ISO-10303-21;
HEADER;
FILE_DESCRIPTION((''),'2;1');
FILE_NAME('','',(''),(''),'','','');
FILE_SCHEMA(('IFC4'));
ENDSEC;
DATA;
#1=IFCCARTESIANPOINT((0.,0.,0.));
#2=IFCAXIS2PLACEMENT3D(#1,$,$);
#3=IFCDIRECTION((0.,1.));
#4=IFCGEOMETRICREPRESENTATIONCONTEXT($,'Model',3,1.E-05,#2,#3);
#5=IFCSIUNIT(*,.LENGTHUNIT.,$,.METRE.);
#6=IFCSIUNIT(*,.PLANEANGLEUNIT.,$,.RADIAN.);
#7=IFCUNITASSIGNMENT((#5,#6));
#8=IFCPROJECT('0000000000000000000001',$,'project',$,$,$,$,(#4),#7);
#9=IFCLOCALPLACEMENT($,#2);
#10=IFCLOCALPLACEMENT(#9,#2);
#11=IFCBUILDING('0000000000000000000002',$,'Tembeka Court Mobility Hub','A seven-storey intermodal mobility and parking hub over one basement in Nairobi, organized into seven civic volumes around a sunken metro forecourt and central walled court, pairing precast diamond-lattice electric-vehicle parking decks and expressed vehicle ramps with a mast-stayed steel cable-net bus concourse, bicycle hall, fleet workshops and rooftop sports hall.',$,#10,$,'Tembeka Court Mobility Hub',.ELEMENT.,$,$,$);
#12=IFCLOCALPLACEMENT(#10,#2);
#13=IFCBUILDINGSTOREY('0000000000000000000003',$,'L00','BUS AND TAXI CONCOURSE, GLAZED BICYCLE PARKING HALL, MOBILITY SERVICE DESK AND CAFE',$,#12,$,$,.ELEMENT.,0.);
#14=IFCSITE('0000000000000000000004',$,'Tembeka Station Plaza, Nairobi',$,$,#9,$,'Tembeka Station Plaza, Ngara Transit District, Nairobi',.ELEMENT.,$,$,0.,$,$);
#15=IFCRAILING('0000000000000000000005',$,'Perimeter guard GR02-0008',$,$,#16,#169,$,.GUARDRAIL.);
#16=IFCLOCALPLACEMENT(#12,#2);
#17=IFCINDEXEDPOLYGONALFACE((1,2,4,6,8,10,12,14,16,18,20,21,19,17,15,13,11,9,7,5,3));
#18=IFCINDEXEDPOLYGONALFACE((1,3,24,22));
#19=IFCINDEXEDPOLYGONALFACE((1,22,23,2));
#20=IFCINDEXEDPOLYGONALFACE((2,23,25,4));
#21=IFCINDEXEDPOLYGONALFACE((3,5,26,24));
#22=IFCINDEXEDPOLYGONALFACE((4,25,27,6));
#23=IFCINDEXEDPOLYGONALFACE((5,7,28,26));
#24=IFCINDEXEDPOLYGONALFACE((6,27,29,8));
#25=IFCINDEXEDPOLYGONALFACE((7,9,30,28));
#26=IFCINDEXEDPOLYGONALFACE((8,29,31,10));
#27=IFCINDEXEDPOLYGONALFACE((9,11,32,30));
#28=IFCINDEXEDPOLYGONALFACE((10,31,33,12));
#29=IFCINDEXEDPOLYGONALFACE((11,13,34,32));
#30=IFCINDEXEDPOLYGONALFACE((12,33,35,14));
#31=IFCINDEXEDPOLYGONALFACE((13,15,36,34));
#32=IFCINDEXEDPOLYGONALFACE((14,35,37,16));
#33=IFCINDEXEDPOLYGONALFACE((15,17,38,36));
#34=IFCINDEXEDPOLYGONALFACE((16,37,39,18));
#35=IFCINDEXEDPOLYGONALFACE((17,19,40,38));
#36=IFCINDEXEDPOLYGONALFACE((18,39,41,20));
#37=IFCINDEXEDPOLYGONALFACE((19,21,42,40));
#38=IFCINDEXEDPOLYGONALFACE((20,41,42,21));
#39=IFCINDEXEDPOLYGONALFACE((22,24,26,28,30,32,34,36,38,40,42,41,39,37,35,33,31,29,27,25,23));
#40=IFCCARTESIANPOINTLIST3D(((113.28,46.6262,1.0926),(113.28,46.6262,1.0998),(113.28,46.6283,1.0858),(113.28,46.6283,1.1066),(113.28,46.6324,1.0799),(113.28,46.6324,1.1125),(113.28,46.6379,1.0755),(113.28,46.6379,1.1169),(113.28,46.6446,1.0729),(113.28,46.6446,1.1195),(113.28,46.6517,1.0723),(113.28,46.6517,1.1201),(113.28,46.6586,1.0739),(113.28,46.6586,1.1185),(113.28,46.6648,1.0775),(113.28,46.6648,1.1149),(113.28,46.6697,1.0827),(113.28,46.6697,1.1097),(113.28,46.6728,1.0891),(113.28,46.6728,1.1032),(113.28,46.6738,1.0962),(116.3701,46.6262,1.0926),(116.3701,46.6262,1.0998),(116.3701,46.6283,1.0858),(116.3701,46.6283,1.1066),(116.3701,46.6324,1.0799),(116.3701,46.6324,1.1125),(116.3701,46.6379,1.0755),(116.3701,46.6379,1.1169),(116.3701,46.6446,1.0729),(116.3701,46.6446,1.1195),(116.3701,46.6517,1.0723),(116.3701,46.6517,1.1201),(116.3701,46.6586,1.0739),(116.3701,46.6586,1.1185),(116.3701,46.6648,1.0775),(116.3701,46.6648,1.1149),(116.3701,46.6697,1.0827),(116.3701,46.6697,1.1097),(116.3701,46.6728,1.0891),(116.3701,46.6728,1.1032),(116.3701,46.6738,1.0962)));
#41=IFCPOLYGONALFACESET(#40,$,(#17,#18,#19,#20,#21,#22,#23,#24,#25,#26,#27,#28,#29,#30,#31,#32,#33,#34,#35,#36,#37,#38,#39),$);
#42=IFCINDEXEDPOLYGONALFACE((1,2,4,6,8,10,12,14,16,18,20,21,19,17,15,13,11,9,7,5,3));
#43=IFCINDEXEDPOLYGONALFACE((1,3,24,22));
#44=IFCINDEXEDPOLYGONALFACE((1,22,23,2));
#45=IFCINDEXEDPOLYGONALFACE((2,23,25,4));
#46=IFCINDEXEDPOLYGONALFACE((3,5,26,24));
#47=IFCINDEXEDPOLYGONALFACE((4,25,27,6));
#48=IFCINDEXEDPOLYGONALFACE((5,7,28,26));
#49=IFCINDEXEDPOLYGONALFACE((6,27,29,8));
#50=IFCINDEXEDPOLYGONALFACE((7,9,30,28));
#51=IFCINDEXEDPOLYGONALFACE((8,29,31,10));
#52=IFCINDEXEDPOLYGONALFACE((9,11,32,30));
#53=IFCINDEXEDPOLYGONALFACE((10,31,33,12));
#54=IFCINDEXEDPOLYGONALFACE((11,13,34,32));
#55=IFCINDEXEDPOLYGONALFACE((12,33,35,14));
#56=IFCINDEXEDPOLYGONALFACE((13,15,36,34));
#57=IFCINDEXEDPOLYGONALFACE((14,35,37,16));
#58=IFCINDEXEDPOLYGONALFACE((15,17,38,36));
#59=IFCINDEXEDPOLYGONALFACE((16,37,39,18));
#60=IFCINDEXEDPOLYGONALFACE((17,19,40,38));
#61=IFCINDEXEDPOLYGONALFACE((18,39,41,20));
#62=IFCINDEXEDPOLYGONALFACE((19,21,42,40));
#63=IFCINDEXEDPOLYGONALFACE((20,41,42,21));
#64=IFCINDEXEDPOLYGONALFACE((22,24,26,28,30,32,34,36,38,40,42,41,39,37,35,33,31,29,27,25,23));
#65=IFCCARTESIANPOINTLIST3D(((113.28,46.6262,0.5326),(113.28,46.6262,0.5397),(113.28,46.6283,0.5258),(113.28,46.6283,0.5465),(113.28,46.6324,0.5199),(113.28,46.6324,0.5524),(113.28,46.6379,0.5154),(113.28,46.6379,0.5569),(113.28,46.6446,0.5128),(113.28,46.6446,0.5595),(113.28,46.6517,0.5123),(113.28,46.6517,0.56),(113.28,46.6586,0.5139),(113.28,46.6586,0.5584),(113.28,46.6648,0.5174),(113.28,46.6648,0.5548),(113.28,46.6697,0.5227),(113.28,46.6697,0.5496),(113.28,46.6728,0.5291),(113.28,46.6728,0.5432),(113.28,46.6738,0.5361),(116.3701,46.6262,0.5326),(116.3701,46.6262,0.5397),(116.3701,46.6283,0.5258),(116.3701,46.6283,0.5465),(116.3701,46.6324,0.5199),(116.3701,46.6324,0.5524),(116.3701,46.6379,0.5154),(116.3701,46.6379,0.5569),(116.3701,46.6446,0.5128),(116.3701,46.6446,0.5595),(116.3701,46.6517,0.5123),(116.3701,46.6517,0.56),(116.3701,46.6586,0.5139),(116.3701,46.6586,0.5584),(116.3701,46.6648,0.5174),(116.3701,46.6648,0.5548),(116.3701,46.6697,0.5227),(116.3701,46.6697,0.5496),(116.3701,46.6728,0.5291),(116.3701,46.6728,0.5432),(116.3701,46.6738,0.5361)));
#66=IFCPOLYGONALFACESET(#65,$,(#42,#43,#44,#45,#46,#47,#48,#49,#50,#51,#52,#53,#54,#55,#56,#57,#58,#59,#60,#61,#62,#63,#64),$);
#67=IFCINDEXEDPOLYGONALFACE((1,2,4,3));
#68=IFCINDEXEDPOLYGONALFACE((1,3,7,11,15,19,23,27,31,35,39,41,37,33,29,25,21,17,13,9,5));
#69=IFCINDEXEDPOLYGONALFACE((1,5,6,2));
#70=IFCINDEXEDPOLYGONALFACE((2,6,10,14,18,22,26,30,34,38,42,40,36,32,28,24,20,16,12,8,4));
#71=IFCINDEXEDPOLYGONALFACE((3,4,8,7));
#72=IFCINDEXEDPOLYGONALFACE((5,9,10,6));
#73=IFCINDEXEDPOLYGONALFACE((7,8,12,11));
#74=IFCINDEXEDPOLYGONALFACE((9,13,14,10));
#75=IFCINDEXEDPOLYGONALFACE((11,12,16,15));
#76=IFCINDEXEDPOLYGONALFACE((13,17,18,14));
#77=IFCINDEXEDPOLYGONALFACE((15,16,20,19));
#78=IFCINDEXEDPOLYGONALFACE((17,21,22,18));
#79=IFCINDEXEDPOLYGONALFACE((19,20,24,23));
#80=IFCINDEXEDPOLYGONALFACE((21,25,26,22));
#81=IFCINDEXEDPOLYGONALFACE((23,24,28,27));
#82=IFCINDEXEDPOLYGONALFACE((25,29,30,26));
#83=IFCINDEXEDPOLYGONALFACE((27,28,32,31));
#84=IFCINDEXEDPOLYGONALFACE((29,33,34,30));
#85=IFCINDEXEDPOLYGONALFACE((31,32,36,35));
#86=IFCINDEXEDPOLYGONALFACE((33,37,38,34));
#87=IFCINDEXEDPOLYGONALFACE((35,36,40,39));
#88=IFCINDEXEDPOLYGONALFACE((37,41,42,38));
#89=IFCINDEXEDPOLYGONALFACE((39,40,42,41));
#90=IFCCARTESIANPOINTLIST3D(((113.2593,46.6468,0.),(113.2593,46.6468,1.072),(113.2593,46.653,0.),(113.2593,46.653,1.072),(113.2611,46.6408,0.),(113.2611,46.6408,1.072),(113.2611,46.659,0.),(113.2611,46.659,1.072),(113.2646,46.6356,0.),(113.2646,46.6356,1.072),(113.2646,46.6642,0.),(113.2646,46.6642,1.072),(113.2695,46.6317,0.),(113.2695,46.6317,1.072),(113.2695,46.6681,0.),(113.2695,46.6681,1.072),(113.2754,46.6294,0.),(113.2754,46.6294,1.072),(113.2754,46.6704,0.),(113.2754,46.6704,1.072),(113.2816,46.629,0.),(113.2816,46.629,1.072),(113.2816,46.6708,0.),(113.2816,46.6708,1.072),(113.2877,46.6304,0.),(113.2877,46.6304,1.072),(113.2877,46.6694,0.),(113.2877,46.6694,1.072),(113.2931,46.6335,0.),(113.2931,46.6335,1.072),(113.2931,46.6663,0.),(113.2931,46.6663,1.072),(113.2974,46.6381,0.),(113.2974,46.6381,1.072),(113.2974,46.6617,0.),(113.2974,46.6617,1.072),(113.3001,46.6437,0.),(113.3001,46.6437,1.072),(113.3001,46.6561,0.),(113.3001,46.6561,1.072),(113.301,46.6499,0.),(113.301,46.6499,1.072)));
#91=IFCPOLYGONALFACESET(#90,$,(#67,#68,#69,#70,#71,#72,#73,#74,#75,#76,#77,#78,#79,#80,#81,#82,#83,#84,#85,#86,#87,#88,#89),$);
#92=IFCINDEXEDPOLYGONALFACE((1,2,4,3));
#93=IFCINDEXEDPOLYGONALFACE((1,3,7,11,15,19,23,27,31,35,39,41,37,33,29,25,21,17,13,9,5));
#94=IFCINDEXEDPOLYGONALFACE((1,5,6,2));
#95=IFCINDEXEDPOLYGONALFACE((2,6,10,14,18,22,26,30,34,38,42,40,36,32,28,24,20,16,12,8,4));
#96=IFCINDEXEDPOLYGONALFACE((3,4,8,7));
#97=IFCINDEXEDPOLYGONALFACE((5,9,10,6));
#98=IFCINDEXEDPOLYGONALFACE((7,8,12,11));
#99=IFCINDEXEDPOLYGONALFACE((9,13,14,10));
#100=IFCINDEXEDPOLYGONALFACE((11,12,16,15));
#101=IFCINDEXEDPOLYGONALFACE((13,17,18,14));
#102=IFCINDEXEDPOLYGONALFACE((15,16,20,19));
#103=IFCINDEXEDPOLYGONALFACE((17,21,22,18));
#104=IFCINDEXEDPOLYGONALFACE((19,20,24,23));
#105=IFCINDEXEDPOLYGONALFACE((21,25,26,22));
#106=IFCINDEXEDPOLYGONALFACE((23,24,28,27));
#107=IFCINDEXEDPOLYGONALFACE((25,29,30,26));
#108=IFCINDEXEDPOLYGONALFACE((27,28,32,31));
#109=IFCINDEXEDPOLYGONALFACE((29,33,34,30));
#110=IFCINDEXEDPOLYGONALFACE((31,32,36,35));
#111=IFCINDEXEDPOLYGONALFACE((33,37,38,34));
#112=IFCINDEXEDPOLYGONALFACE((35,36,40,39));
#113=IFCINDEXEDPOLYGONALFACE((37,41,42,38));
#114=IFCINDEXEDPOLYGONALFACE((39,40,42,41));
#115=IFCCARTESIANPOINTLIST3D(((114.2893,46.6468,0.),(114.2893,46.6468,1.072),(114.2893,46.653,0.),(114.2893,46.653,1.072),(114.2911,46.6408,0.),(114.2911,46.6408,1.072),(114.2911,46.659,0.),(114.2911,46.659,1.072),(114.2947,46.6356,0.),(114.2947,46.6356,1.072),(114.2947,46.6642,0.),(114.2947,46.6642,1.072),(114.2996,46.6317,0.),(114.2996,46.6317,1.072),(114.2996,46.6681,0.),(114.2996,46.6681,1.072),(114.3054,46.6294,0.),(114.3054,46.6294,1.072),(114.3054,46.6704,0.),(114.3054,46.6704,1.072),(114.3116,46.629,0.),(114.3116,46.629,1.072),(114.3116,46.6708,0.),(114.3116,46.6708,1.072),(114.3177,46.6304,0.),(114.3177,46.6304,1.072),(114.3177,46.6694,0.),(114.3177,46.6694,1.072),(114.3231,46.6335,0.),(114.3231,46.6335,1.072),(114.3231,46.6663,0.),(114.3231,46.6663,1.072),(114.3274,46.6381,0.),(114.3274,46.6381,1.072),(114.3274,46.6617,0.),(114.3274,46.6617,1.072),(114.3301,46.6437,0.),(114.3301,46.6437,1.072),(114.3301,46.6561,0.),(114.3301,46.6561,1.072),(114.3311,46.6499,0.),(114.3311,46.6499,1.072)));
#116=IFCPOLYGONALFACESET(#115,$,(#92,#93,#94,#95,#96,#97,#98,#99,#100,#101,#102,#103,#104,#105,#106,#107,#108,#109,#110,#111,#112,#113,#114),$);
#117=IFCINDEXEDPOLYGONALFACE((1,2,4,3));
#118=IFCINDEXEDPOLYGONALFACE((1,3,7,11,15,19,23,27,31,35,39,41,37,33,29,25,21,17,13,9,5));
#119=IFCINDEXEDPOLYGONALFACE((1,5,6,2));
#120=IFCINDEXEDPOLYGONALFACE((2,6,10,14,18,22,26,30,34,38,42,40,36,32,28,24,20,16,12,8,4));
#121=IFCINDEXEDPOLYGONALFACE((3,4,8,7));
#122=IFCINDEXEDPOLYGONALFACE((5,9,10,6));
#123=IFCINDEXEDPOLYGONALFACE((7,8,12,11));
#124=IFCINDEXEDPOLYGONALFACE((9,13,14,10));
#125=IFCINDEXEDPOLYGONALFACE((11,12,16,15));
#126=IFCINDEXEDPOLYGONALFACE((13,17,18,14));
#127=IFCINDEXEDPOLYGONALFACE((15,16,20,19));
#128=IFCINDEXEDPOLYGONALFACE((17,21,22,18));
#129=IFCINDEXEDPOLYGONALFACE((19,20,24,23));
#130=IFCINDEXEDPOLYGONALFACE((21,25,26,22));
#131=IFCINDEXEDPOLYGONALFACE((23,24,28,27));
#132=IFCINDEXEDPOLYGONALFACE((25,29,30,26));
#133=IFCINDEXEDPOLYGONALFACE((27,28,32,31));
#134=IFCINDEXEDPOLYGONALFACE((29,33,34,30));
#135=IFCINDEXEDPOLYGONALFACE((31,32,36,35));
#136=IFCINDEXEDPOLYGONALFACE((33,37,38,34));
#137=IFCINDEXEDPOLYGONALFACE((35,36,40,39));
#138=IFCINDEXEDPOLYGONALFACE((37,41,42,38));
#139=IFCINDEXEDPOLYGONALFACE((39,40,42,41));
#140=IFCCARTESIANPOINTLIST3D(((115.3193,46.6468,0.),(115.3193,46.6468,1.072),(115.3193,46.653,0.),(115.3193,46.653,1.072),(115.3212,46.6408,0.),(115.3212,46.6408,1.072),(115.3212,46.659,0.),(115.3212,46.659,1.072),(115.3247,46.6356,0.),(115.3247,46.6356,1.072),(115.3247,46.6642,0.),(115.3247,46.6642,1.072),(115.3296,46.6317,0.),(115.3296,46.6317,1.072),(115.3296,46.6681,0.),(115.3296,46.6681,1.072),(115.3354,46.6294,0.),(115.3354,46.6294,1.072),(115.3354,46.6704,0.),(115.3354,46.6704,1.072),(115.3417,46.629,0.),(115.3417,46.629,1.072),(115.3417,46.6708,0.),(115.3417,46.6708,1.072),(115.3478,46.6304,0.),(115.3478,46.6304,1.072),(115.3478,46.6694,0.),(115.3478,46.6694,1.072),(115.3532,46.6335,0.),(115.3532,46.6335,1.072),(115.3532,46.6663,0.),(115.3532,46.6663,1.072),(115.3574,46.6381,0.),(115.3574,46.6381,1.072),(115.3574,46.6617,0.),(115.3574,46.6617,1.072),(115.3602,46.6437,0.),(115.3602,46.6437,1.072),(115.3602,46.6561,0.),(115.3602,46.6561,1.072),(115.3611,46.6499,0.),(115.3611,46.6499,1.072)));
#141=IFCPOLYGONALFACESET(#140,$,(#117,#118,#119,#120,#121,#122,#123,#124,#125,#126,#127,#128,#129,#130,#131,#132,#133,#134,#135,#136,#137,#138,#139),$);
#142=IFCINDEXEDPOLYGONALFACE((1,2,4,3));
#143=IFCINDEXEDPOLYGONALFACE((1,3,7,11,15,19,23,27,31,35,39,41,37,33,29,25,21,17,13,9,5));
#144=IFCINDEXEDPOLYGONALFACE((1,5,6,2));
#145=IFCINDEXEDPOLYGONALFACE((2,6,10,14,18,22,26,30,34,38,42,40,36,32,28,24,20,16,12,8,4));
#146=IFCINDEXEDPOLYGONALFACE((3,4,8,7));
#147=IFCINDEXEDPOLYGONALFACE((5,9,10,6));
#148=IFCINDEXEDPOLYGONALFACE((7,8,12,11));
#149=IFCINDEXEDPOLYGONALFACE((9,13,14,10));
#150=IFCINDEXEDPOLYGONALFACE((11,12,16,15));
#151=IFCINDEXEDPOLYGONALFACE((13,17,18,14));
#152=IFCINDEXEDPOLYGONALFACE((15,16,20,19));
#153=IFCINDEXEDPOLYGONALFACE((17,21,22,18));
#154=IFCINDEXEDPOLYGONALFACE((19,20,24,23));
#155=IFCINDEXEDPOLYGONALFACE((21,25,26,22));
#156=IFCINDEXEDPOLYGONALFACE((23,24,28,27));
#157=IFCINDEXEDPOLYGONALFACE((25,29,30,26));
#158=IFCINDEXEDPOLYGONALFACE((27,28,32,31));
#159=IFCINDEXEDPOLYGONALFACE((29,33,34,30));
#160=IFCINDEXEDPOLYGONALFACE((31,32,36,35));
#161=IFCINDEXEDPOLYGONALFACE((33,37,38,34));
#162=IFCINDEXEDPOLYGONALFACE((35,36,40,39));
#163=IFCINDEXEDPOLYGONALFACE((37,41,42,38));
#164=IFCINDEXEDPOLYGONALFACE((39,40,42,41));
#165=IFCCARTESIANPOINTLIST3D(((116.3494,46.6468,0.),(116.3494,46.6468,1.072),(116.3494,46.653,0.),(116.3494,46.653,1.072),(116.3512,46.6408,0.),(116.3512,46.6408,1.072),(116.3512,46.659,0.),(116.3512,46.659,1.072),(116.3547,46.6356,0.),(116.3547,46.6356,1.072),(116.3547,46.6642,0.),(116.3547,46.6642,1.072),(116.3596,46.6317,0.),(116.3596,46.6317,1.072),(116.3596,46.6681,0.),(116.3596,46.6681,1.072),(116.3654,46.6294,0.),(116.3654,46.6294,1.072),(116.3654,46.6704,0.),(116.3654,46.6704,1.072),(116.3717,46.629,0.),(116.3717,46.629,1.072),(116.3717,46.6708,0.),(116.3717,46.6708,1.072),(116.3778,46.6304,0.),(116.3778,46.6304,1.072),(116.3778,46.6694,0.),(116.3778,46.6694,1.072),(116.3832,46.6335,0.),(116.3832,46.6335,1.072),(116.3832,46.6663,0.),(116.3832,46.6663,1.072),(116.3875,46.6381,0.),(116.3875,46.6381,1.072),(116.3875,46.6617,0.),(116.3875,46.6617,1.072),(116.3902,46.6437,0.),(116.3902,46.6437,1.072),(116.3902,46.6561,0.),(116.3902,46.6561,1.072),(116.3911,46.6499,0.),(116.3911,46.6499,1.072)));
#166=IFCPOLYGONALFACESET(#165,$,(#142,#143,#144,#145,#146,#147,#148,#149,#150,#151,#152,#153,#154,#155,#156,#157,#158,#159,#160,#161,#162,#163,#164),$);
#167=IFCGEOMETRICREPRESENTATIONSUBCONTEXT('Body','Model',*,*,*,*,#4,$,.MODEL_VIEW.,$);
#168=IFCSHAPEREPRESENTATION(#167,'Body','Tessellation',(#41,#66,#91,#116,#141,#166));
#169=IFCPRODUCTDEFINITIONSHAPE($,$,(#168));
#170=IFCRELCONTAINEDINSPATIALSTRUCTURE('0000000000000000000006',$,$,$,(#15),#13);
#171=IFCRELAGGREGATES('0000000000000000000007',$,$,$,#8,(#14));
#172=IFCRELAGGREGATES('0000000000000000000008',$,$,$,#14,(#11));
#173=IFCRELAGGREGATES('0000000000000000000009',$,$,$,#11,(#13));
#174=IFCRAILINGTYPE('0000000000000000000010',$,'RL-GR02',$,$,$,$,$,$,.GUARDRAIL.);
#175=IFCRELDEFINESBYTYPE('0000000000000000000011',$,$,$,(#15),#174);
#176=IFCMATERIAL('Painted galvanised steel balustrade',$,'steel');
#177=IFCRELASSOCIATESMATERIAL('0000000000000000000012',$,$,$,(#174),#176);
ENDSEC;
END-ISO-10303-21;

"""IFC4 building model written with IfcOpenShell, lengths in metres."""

from ifc_helpers import new_model, si_unit, direction, frame, origin, origin_2d, place, context, subcontext, project, spatial, circle, extrude, material, type_object, element, save


model = new_model("IFC4")

# Units and contexts
model_context = context("Model", 3, precision=1e-05, world=origin(), true_north=direction((0.0, 1.0)))
body_context = subcontext(model_context, "Body", "Model", "MODEL_VIEW")
ifc_project = project(units=[si_unit("LENGTHUNIT", "METRE"), si_unit("PLANEANGLEUNIT", "RADIAN")], contexts=[model_context])

# Site, building, storey
site_placement = place(None, origin())
site = spatial("IfcSite", under=ifc_project, at=site_placement, Name="Tembeka Station Plaza, Nairobi", LongName="Tembeka Station Plaza, Ngara Transit District, Nairobi", CompositionType="ELEMENT", RefElevation=0.0)
building_placement = place(site_placement, origin())
building = spatial("IfcBuilding", under=site, at=building_placement, Name="Tembeka Court Mobility Hub", Description="A seven-storey intermodal mobility and parking hub over one basement in Nairobi, organized into seven civic volumes around a sunken metro forecourt and central walled court, pairing precast diamond-lattice electric-vehicle parking decks and expressed vehicle ramps with a mast-stayed steel cable-net bus concourse, bicycle hall, fleet workshops and rooftop sports hall.", LongName="Tembeka Court Mobility Hub", CompositionType="ELEMENT")
storey_placement = place(building_placement, origin())
storey = spatial("IfcBuildingStorey", under=building, at=storey_placement, Name="L00", Description="BUS AND TAXI CONCOURSE, GLAZED BICYCLE PARKING HALL, MOBILITY SERVICE DESK AND CAFE", CompositionType="ELEMENT", Elevation=0.0)

# Railing
ifc_material_1 = material(Name="Painted galvanised steel balustrade", Category="steel")
railing_type_1 = type_object("IfcRailingType", Name="RL-GR02", PredefinedType="GUARDRAIL", material=ifc_material_1)
railing_1_placement = place(storey_placement, frame((113.28, 46.6499, 0.0)))
element("IfcRailing", 1, at=railing_1_placement, inside=storey, type_object=railing_type_1, Name="Perimeter guard GR02-0008", PredefinedType="GUARDRAIL", context=body_context, shape_type="SweptSolid", body=[
    extrude(circle(Radius=0.0239, at=origin_2d()), frame((0.0, 0.0, 1.0962), z_axis=(1.0, 0.0, 0.0), x_axis=(0.0, 1.0, 0.0)), (0.0, 0.0, 1.0), 3.0901),
    extrude(circle(Radius=0.0239, at=origin_2d()), frame((0.0, 0.0, 0.5361), z_axis=(1.0, 0.0, 0.0), x_axis=(0.0, 1.0, 0.0)), (0.0, 0.0, 1.0), 3.0901),
    extrude(circle(Radius=0.021, at=origin_2d()), origin(), (0.0, 0.0, 1.0), 1.072),
    extrude(circle(Radius=0.021, at=origin_2d()), frame((1.03, 0.0, 0.0)), (0.0, 0.0, 1.0), 1.072),
    extrude(circle(Radius=0.021, at=origin_2d()), frame((2.0601, 0.0, 0.0)), (0.0, 0.0, 1.0), 1.072),
    extrude(circle(Radius=0.021, at=origin_2d()), frame((3.0901, 0.0, 0.0)), (0.0, 0.0, 1.0), 1.072),
])

save(model, "model.ifc")
